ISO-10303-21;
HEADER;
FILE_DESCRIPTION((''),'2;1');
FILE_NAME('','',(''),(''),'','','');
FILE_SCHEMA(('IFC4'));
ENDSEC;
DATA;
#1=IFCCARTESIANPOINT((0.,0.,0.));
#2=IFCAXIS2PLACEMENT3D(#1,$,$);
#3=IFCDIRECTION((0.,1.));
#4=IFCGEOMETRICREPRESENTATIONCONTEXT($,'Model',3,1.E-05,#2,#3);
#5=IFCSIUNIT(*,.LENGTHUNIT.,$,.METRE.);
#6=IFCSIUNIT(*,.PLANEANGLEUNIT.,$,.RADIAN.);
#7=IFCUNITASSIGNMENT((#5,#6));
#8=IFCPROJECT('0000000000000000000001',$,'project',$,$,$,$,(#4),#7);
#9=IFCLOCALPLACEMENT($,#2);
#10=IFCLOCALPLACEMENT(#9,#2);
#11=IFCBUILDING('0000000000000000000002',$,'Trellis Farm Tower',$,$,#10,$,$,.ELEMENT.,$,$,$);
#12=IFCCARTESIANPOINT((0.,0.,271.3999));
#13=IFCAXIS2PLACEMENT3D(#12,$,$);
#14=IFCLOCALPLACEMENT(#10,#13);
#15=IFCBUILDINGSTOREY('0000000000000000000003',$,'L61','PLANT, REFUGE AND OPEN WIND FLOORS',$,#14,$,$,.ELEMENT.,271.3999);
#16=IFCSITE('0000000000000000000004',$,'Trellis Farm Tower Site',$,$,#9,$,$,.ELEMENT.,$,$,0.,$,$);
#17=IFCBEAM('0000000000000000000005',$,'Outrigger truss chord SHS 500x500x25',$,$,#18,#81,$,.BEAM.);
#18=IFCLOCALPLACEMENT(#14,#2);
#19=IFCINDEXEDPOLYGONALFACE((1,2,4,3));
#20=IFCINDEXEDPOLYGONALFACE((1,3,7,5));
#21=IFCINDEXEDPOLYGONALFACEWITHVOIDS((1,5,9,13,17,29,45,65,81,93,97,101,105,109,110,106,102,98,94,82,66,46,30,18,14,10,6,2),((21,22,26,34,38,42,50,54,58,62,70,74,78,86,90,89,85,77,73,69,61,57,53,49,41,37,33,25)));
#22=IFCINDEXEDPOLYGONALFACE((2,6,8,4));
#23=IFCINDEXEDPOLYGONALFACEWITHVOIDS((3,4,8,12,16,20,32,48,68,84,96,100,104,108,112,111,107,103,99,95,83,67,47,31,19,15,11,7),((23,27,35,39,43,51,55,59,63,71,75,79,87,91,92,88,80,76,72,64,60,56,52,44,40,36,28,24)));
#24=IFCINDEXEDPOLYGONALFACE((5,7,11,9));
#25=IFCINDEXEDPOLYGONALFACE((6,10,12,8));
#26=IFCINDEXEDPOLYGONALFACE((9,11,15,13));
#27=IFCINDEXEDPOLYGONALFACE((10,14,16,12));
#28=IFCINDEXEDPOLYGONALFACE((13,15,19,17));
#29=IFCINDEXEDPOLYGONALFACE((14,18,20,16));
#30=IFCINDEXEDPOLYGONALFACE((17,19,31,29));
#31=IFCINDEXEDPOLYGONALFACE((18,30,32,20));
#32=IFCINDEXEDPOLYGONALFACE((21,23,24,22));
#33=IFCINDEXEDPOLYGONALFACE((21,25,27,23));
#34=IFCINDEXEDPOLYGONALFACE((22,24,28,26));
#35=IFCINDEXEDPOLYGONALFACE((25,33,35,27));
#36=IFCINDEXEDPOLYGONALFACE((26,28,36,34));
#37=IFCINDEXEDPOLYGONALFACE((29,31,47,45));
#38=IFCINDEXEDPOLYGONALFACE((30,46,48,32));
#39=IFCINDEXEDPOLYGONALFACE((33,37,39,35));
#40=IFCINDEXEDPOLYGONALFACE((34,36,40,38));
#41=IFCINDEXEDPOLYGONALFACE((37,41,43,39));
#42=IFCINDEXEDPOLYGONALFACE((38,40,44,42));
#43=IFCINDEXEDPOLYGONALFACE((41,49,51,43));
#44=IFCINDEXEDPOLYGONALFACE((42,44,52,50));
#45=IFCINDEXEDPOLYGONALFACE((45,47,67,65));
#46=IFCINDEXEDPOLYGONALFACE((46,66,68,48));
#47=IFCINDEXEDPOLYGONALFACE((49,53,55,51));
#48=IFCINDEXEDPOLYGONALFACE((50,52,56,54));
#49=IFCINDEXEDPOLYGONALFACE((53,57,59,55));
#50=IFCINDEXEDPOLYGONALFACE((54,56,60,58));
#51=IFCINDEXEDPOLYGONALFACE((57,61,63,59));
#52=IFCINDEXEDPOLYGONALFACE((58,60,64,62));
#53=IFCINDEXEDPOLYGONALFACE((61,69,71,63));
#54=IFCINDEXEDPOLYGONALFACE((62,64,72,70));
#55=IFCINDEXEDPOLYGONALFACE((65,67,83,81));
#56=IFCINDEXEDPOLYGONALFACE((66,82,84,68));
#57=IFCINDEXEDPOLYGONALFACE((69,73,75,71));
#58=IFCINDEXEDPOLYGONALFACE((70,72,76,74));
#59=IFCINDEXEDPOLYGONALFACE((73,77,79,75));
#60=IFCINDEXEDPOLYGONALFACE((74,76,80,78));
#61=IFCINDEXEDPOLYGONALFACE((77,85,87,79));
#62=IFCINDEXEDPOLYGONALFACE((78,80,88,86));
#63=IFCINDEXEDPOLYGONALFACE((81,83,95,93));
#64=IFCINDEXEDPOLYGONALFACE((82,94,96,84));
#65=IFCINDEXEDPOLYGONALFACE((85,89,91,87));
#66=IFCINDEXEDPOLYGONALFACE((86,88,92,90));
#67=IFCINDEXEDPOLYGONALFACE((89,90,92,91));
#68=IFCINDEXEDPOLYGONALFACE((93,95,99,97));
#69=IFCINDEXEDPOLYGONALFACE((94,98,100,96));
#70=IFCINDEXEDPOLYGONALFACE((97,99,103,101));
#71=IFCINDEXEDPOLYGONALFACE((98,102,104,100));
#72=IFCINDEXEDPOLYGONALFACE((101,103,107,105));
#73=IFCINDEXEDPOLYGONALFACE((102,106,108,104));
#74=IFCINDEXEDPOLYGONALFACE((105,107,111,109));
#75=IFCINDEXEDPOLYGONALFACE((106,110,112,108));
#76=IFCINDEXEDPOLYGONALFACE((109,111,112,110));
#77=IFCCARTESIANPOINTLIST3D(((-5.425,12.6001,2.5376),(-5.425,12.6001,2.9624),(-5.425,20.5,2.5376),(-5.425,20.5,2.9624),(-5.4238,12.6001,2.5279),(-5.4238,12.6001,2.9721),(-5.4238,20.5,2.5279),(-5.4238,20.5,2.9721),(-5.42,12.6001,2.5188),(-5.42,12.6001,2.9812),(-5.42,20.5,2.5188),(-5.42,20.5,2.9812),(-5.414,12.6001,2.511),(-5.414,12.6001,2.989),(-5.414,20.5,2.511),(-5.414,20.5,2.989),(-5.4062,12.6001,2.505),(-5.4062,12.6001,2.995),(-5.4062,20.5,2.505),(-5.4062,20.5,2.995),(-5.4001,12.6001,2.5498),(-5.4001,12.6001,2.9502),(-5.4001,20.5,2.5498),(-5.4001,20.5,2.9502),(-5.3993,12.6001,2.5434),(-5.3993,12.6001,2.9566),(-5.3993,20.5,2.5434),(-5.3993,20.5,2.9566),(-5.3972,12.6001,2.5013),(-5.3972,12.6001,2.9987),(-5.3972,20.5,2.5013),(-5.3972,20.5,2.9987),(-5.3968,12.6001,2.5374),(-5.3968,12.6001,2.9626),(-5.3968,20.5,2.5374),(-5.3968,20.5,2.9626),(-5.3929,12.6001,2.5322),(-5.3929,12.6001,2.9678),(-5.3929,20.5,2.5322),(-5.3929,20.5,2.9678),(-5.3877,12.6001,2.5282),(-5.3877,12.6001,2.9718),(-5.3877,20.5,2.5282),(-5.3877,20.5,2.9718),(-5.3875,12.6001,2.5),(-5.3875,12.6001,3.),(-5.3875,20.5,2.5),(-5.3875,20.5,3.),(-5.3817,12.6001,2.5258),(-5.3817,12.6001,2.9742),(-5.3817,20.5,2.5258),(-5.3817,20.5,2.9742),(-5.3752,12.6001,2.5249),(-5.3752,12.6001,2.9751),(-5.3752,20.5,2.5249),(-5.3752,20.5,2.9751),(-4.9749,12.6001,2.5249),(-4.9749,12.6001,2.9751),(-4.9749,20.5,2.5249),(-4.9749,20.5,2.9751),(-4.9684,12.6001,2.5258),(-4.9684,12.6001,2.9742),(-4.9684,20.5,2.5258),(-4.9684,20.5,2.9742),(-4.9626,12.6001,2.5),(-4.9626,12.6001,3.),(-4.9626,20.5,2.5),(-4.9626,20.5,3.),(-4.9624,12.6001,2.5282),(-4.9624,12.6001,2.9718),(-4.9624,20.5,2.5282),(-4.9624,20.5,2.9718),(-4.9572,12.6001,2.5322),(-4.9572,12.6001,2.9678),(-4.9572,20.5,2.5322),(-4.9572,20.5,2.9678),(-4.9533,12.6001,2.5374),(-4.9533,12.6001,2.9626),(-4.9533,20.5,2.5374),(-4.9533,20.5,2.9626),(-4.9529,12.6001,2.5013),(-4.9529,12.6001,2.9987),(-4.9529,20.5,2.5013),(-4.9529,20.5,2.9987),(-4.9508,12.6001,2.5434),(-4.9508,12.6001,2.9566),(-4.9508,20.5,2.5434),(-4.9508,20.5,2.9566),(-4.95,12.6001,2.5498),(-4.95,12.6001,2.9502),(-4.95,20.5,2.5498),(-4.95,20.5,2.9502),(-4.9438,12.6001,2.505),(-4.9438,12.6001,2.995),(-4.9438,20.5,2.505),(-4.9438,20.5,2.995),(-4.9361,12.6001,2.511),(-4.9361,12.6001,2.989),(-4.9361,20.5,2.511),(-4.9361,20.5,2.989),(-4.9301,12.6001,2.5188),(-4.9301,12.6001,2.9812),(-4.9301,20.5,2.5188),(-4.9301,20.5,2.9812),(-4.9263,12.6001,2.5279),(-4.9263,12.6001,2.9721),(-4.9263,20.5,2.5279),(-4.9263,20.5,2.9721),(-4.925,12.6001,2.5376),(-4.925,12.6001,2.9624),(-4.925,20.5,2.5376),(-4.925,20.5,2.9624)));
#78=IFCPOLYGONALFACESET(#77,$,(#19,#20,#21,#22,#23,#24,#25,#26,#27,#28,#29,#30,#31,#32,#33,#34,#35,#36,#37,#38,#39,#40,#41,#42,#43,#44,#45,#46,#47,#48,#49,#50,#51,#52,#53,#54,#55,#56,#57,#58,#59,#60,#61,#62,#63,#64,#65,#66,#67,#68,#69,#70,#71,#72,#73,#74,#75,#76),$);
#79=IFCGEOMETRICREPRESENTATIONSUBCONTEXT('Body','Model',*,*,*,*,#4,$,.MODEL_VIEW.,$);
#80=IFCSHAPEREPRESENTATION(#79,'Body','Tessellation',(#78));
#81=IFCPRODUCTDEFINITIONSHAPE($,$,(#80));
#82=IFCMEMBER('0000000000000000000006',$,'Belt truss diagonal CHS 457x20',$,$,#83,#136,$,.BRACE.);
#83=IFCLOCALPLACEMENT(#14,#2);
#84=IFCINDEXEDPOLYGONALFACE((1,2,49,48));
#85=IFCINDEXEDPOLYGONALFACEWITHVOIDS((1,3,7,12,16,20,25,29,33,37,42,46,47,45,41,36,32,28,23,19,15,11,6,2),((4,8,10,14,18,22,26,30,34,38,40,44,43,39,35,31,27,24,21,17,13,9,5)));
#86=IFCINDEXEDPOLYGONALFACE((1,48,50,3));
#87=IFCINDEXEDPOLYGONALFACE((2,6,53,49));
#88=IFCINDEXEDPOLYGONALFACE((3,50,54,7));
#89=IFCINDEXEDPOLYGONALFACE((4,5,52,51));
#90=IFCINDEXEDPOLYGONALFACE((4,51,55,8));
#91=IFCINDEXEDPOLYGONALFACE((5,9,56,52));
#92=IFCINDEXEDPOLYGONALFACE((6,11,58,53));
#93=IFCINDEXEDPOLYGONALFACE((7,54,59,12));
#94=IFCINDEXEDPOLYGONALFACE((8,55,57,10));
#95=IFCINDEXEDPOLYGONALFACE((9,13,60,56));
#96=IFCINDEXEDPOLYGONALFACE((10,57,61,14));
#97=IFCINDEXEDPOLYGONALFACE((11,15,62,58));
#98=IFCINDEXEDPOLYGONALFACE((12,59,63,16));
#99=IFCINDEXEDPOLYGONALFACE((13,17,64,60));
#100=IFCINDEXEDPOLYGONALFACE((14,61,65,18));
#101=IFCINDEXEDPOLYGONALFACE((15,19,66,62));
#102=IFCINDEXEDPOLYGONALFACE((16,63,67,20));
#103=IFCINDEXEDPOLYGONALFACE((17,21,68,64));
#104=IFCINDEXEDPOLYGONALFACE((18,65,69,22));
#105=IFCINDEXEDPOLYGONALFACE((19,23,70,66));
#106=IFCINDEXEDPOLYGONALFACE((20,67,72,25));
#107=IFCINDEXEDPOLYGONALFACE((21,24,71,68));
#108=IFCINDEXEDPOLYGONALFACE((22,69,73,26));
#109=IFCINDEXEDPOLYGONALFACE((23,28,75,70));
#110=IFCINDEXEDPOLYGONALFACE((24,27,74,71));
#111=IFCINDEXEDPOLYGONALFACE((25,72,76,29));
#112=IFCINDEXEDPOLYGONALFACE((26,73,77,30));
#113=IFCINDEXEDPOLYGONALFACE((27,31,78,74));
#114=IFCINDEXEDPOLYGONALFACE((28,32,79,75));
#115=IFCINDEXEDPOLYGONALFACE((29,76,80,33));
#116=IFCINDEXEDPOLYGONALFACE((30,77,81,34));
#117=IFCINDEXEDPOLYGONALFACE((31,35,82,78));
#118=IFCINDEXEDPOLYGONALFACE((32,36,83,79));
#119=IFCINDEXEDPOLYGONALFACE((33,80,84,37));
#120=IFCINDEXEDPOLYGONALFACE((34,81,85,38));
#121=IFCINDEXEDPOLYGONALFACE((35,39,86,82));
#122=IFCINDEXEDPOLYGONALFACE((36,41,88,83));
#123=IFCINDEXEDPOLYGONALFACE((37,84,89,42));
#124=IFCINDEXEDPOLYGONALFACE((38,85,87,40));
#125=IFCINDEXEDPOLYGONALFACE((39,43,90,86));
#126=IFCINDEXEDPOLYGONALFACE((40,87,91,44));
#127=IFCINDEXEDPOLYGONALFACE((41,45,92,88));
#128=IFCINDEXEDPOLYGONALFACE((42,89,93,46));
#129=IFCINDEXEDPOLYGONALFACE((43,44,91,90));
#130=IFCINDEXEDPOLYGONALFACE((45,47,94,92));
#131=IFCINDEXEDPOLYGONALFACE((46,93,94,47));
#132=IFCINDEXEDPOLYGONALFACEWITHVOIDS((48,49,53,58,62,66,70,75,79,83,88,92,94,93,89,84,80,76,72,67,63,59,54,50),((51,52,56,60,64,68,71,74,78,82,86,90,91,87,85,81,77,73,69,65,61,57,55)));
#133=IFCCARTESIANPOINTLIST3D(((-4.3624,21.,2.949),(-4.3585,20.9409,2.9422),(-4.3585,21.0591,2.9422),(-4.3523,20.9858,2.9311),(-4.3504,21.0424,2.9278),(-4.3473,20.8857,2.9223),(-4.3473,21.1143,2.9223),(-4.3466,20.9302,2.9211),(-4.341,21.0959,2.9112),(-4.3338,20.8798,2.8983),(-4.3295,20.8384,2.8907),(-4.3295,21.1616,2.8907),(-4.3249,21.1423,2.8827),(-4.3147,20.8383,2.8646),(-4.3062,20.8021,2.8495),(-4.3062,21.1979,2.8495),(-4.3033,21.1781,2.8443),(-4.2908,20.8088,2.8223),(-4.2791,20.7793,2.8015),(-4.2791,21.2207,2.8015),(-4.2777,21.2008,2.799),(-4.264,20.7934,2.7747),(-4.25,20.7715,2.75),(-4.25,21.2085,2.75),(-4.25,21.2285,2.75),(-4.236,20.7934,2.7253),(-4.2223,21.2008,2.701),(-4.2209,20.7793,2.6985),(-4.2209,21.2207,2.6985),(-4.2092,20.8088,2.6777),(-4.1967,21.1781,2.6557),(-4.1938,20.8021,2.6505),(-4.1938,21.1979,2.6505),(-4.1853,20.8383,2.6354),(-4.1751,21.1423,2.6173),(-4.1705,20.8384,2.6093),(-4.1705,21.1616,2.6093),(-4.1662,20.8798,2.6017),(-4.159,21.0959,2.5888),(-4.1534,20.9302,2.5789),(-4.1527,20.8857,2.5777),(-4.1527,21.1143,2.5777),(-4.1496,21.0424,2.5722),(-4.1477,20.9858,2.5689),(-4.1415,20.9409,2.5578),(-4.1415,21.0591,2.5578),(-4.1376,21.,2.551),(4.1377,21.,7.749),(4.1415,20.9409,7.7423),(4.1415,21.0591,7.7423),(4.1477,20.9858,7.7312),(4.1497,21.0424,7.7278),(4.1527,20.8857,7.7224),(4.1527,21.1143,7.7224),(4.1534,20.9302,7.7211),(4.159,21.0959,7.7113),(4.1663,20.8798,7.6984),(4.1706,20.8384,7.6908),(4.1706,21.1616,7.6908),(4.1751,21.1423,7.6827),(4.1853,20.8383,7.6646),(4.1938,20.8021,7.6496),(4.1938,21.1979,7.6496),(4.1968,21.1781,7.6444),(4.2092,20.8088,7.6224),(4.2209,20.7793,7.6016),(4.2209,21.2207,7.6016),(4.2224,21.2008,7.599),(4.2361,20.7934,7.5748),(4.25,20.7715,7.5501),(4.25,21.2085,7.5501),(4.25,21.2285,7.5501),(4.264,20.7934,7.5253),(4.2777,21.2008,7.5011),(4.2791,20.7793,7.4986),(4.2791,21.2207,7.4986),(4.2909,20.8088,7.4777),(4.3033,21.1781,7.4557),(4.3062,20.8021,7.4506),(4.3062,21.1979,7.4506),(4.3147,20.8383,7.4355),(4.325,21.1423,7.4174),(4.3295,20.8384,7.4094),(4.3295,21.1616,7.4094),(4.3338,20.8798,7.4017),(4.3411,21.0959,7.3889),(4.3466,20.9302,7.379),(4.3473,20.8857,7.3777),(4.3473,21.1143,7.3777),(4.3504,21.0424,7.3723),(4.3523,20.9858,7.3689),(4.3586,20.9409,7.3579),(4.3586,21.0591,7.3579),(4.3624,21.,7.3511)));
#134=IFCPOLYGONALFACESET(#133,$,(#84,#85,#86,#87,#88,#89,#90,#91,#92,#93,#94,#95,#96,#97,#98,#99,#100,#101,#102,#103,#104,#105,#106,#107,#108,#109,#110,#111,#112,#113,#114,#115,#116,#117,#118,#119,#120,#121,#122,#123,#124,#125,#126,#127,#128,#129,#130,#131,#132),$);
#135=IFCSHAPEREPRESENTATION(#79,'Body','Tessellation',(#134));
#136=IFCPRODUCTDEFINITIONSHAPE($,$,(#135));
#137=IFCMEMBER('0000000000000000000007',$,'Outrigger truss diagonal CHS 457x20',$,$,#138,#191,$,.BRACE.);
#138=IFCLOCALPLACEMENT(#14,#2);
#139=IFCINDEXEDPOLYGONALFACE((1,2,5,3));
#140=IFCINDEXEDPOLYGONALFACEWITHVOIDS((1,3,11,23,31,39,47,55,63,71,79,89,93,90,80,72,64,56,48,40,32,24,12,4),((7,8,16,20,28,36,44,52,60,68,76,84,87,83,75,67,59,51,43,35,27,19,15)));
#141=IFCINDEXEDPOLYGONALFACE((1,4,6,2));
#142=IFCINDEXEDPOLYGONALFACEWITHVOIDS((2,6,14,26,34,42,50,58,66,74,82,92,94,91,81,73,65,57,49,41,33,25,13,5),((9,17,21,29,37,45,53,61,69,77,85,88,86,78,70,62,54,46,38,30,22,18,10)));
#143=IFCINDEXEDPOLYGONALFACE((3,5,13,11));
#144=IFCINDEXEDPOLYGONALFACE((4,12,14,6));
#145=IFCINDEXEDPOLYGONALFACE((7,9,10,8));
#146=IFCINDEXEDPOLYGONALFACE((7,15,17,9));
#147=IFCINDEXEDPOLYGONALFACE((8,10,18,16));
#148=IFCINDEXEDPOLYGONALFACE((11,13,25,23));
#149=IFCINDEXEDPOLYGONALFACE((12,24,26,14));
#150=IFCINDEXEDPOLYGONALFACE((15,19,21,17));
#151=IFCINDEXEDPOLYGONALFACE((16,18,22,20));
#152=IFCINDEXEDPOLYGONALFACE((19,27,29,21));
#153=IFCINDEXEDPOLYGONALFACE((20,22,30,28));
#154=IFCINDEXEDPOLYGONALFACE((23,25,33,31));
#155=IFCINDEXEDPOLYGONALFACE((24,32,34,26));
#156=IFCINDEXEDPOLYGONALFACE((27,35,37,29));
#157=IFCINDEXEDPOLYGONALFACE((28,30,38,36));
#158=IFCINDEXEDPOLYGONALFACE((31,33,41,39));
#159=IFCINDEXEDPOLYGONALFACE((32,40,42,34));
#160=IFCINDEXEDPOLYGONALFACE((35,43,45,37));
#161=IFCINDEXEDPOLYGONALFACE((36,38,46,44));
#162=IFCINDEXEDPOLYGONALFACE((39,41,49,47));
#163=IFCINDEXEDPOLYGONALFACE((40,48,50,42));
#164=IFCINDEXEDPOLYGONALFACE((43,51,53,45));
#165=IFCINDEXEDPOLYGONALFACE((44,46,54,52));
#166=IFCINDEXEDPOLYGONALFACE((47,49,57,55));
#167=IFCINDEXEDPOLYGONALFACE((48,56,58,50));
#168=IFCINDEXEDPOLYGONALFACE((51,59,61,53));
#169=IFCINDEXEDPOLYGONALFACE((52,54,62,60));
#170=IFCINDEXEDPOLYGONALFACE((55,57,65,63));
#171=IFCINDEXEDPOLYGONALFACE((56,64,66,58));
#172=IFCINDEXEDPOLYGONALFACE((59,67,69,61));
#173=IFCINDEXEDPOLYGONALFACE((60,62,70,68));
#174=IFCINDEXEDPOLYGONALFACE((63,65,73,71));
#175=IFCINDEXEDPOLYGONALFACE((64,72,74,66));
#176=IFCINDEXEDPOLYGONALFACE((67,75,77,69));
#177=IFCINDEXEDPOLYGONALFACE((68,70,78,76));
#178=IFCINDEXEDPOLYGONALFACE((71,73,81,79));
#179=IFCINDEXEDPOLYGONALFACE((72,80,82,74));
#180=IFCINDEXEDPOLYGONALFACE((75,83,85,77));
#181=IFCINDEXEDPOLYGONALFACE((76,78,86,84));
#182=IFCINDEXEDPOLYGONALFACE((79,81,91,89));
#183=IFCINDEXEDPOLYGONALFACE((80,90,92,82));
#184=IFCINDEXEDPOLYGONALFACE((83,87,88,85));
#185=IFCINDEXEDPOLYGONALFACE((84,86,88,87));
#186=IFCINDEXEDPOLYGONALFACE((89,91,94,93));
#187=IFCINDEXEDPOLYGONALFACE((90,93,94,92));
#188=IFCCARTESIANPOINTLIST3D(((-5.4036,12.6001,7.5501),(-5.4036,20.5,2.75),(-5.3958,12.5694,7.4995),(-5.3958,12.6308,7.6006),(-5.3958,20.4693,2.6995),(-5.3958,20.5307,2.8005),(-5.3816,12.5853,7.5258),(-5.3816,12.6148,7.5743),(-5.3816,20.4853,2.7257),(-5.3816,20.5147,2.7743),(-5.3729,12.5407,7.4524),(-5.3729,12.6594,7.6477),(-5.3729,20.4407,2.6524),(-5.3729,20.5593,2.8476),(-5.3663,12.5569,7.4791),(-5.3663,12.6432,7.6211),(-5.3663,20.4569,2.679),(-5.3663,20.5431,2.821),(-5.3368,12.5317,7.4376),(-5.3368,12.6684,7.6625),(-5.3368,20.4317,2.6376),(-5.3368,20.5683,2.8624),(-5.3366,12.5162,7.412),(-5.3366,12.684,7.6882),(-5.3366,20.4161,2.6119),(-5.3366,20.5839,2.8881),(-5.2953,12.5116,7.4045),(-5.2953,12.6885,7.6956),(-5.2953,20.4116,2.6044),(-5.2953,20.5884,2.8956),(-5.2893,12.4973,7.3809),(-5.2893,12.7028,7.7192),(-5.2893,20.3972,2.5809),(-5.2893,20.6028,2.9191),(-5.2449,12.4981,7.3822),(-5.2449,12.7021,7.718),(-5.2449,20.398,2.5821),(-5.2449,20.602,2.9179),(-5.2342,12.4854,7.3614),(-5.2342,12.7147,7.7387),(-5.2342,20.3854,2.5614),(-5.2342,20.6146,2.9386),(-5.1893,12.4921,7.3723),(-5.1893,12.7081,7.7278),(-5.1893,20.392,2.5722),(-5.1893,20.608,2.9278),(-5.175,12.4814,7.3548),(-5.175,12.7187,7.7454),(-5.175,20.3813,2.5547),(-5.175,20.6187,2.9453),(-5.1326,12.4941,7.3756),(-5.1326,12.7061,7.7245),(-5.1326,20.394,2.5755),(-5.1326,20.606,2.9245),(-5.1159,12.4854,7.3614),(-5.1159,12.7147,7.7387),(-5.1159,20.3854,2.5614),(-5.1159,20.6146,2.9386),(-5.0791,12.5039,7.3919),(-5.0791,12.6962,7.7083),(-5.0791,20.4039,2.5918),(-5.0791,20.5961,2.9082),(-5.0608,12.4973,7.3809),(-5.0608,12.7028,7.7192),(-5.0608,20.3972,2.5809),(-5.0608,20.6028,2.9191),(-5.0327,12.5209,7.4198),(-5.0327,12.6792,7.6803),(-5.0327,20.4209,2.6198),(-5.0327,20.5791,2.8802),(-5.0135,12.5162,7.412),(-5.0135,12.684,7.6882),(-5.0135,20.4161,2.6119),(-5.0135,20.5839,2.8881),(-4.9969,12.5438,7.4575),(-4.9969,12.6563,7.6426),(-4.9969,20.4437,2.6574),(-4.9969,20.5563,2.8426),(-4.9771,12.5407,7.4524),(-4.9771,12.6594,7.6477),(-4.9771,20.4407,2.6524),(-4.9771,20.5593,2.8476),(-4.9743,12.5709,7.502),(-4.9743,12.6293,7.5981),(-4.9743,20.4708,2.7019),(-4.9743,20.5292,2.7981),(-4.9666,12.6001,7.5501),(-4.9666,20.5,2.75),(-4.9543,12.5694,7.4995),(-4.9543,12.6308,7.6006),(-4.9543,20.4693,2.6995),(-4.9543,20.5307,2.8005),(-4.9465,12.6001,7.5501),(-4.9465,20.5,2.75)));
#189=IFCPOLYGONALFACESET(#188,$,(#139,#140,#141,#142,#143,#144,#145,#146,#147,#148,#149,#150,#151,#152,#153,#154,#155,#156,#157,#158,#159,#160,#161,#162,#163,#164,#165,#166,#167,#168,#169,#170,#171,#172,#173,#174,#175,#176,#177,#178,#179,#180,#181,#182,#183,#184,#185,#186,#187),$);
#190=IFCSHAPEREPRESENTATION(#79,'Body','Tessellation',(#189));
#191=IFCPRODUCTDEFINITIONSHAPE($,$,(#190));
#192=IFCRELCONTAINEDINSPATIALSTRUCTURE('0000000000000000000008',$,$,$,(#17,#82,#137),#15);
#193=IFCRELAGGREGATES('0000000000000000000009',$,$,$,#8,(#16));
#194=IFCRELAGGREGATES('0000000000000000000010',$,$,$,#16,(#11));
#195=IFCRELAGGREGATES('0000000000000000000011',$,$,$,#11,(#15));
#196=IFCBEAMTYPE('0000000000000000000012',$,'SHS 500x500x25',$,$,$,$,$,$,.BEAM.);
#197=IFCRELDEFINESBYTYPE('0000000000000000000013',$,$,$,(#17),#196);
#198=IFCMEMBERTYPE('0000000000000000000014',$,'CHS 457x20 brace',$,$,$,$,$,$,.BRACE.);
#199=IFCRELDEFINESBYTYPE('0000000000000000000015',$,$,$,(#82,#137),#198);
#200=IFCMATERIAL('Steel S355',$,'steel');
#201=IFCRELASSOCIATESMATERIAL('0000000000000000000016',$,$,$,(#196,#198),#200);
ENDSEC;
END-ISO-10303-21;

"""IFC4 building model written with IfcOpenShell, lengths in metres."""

from ifc_helpers import new_model, si_unit, direction, frame, origin, origin_2d, place, context, subcontext, project, spatial, hollow_rectangle, hollow_circle, extrude, source, transform, mapped, material, material_profile, profile_set, type_object, element, save


model = new_model("IFC4")

# Units and contexts
model_context = context("Model", 3, precision=1e-05, world=origin(), true_north=direction((0.0, 1.0)))
body_context = subcontext(model_context, "Body", "Model", "MODEL_VIEW")
ifc_project = project(units=[si_unit("LENGTHUNIT", "METRE"), si_unit("PLANEANGLEUNIT", "RADIAN")], contexts=[model_context])

# Site, building, storey
site_placement = place(None, origin())
site = spatial("IfcSite", under=ifc_project, at=site_placement, Name="Trellis Farm Tower Site", CompositionType="ELEMENT", RefElevation=0.0)
building_placement = place(site_placement, origin())
building = spatial("IfcBuilding", under=site, at=building_placement, Name="Trellis Farm Tower", CompositionType="ELEMENT")
storey_placement = place(building_placement, frame((0.0, 0.0, 271.3999)))
storey = spatial("IfcBuildingStorey", under=building, at=storey_placement, Name="L61", Description="PLANT, REFUGE AND OPEN WIND FLOORS", CompositionType="ELEMENT", Elevation=271.3999)

# Beam
ifc_material_1 = material(Name="Steel S355", Category="steel")
ifc_material_profile_1 = material_profile(ifc_material_1, hollow_rectangle(XDim=0.5, YDim=0.5, WallThickness=0.0249, InnerFilletRadius=0.0249, OuterFilletRadius=0.0376, at=origin_2d()), Name="SHS 500x500x25")
ifc_profile_set_1 = profile_set([ifc_material_profile_1], Name="Steel S355")
beam_type_1 = type_object("IfcBeamType", Name="SHS 500x500x25", PredefinedType="BEAM", material=ifc_profile_set_1)
shared_shape_1 = source(origin(), body_context, "Body", "SweptSolid", [
    extrude(hollow_rectangle(XDim=0.5, YDim=0.5, WallThickness=0.0249, InnerFilletRadius=0.0249, OuterFilletRadius=0.0376, at=origin_2d()), origin(), (0.0, 0.0, 1.0), 7.8999),
])
beam_1_placement = place(storey_placement, frame((-5.175, 12.6001, 2.75), z_axis=(0.0, 1.0, 0.0), x_axis=(-1.0, 0.0, 0.0)))
element("IfcBeam", 1, at=beam_1_placement, inside=storey, type_object=beam_type_1, Name="Outrigger truss chord SHS 500x500x25", PredefinedType="BEAM", context=body_context, shape_type="MappedRepresentation", body=[
    mapped(shared_shape_1, transform((0.0, 0.0, 0.0))),
])

# Members
ifc_material_profile_2 = material_profile(ifc_material_1, hollow_circle(Radius=0.2285, WallThickness=0.02, at=origin_2d()), Name="CHS 457x20")
ifc_profile_set_2 = profile_set([ifc_material_profile_2], Name="Steel S355")
member_type = type_object("IfcMemberType", Name="CHS 457x20 brace", PredefinedType="BRACE", material=ifc_profile_set_2)
shared_shape_2 = source(origin(), body_context, "Body", "SweptSolid", [
    extrude(hollow_circle(Radius=0.2285, WallThickness=0.02, at=origin_2d()), origin(), (0.0, 0.0, 1.0), 9.7617),
])
member_1_placement = place(storey_placement, frame((-4.25, 21.0, 2.75), z_axis=(0.870751, 0.0, 0.491723), x_axis=(0.0, 1.0, 0.0)))
element("IfcMember", 2, at=member_1_placement, inside=storey, type_object=member_type, Name="Belt truss diagonal CHS 457x20", PredefinedType="BRACE", context=body_context, shape_type="MappedRepresentation", body=[
    mapped(shared_shape_2, transform((0.0, 0.0, 0.0))),
])
shared_shape_3 = source(origin(), body_context, "Body", "SweptSolid", [
    extrude(hollow_circle(Radius=0.2285, WallThickness=0.02, at=origin_2d()), origin(), (0.0, 0.0, 1.0), 9.2439),
])
member_2_placement = place(storey_placement, frame((-5.175, 20.5, 2.75), z_axis=(0.0, -0.854611, 0.519269), x_axis=(1.0, 0.0, 0.0)))
element("IfcMember", 3, at=member_2_placement, inside=storey, type_object=member_type, Name="Outrigger truss diagonal CHS 457x20", PredefinedType="BRACE", context=body_context, shape_type="MappedRepresentation", body=[
    mapped(shared_shape_3, transform((0.0, 0.0, 0.0))),
])

save(model, "model.ifc")
